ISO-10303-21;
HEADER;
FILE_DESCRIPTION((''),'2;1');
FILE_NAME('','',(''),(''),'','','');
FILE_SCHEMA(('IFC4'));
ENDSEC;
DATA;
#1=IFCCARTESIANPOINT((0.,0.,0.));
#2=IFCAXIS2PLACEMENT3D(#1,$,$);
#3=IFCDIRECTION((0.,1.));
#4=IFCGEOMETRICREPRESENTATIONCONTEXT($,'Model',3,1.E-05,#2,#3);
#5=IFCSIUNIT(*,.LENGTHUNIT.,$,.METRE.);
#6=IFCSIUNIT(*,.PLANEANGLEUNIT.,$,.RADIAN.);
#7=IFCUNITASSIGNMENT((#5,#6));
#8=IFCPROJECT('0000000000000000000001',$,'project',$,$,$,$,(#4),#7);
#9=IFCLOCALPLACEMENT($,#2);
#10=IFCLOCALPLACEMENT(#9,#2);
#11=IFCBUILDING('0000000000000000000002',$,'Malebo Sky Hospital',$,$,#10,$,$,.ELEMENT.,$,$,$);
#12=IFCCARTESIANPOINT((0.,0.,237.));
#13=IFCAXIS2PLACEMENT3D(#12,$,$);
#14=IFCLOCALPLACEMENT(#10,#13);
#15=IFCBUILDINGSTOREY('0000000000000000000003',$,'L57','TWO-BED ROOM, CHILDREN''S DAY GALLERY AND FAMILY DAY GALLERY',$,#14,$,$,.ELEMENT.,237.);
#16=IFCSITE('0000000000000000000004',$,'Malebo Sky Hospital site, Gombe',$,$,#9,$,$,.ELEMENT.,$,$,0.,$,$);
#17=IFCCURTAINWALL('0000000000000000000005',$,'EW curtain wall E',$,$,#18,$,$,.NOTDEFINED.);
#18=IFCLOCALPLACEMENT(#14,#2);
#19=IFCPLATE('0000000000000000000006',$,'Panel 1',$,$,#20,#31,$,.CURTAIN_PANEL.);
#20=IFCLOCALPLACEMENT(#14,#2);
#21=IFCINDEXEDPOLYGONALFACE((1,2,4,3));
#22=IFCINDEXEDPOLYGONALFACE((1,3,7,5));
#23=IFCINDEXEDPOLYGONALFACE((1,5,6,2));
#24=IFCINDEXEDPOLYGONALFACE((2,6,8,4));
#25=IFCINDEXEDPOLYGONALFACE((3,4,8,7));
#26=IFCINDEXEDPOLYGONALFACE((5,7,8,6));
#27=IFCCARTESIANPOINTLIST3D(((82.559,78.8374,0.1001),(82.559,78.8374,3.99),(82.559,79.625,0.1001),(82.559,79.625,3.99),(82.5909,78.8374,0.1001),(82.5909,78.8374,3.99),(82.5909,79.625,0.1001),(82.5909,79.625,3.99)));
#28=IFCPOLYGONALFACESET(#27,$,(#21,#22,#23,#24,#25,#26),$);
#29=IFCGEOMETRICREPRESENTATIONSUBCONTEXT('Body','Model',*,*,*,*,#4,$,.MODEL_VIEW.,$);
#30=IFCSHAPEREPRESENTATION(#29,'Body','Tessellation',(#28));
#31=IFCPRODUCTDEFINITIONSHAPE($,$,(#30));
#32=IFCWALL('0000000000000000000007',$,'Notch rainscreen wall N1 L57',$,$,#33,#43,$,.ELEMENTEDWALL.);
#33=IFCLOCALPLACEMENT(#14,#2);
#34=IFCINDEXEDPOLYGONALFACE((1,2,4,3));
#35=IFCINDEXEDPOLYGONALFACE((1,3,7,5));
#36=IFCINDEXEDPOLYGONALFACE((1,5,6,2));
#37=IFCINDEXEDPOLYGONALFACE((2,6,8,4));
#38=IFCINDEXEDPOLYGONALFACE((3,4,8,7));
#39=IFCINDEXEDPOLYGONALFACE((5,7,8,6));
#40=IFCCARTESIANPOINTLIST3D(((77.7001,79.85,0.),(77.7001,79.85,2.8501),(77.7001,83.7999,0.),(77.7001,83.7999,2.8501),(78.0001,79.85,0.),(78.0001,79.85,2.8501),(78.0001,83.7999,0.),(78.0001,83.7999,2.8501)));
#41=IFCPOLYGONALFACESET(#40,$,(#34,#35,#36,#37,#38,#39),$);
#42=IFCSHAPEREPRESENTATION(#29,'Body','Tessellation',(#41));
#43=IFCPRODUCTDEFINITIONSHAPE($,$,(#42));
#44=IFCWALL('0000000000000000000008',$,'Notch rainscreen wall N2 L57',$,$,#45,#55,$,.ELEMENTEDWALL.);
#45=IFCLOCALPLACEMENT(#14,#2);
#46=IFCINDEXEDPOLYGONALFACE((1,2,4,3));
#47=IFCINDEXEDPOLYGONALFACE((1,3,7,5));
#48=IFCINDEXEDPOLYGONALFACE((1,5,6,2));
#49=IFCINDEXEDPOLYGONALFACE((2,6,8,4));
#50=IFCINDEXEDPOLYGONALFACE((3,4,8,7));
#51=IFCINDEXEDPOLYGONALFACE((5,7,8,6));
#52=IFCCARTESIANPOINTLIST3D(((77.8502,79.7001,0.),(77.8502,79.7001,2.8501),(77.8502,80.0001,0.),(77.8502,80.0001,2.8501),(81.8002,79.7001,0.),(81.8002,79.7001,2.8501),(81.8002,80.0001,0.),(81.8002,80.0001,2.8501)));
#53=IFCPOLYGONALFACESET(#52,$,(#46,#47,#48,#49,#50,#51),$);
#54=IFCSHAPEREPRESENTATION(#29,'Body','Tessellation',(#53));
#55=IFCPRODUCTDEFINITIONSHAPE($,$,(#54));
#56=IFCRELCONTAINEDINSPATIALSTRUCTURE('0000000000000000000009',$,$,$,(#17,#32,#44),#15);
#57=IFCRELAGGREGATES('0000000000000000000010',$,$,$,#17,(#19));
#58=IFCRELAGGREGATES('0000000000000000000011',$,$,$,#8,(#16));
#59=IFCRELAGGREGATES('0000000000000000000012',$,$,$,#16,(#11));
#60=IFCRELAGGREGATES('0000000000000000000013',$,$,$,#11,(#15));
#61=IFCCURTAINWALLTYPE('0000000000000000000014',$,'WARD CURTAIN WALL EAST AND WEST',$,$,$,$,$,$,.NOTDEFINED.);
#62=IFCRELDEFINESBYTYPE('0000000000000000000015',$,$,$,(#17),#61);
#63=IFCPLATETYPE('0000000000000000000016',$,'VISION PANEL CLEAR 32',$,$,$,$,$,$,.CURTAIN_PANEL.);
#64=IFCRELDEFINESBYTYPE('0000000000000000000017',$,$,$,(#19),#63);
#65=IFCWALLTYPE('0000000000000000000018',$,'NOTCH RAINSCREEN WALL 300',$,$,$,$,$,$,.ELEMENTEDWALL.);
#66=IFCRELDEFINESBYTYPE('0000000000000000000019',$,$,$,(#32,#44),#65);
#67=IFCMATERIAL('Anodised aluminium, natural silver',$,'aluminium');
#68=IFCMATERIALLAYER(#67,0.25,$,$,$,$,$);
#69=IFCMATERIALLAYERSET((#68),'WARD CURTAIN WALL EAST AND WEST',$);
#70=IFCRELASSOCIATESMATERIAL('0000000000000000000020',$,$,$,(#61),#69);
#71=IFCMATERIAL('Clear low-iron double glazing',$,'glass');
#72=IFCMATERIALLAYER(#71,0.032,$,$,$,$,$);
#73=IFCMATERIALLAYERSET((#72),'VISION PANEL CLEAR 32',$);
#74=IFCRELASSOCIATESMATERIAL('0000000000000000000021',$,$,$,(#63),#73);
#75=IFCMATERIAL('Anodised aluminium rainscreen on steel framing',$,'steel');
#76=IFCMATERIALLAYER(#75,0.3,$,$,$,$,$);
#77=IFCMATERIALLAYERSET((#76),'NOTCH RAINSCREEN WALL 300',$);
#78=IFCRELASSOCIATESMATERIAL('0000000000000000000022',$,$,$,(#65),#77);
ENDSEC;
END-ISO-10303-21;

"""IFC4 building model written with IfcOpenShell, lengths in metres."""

from ifc_helpers import new_model, si_unit, direction, frame, frame_2d, origin, origin_2d, place, context, subcontext, project, spatial, rectangle, extrude, material, layer, layer_set, type_object, element, aggregate, save


model = new_model("IFC4")

# Units and contexts
model_context = context("Model", 3, precision=1e-05, world=origin(), true_north=direction((0.0, 1.0)))
body_context = subcontext(model_context, "Body", "Model", "MODEL_VIEW")
ifc_project = project(units=[si_unit("LENGTHUNIT", "METRE"), si_unit("PLANEANGLEUNIT", "RADIAN")], contexts=[model_context])

# Site, building, storey
site_placement = place(None, origin())
site = spatial("IfcSite", under=ifc_project, at=site_placement, Name="Malebo Sky Hospital site, Gombe", CompositionType="ELEMENT", RefElevation=0.0)
building_placement = place(site_placement, origin())
building = spatial("IfcBuilding", under=site, at=building_placement, Name="Malebo Sky Hospital", CompositionType="ELEMENT")
storey_placement = place(building_placement, frame((0.0, 0.0, 237.0)))
storey = spatial("IfcBuildingStorey", under=building, at=storey_placement, Name="L57", Description="TWO-BED ROOM, CHILDREN'S DAY GALLERY AND FAMILY DAY GALLERY", CompositionType="ELEMENT", Elevation=237.0)

# Curtain wall
ifc_material_1 = material(Name="Anodised aluminium, natural silver", Category="aluminium")
ifc_layer_1 = layer(ifc_material_1, 0.25)
ifc_layer_set_1 = layer_set([ifc_layer_1], Name="WARD CURTAIN WALL EAST AND WEST")
curtain_wall_type_1 = type_object("IfcCurtainWallType", Name="WARD CURTAIN WALL EAST AND WEST", PredefinedType="NOTDEFINED", material=ifc_layer_set_1)
curtain_wall_1_placement = place(storey_placement, origin())
curtain_wall_1 = element("IfcCurtainWall", 1, at=curtain_wall_1_placement, inside=storey, type_object=curtain_wall_type_1, Name="EW curtain wall E", PredefinedType="NOTDEFINED")

# Plate
ifc_material_2 = material(Name="Clear low-iron double glazing", Category="glass")
ifc_layer_2 = layer(ifc_material_2, 0.032)
ifc_layer_set_2 = layer_set([ifc_layer_2], Name="VISION PANEL CLEAR 32")
plate_type = type_object("IfcPlateType", Name="VISION PANEL CLEAR 32", PredefinedType="CURTAIN_PANEL", material=ifc_layer_set_2)
plate_1_placement = place(storey_placement, frame((82.575, 79.2312, 0.1001), z_axis=(0.0, 0.0, 1.0), x_axis=(0.0, -1.0, 0.0)))
plate_1 = element("IfcPlate", 2, at=plate_1_placement, type_object=plate_type, Name="Panel 1", PredefinedType="CURTAIN_PANEL", context=body_context, shape_type="SweptSolid", body=[
    extrude(rectangle(XDim=0.7876, YDim=0.032, at=origin_2d()), origin(), (0.0, 0.0, 1.0), 3.8899),
])
aggregate(curtain_wall_1, [plate_1])

# Walls
ifc_material_3 = material(Name="Anodised aluminium rainscreen on steel framing", Category="steel")
ifc_layer_3 = layer(ifc_material_3, 0.3)
ifc_layer_set_3 = layer_set([ifc_layer_3], Name="NOTCH RAINSCREEN WALL 300")
wall_type = type_object("IfcWallType", Name="NOTCH RAINSCREEN WALL 300", PredefinedType="ELEMENTEDWALL", material=ifc_layer_set_3)
for number, where, z_axis, x_axis, name in (
    (3, (77.8501, 83.8, 0.0), (0.0, 0.0, 1.0), (0.0, -1.0, 0.0), "Notch rainscreen wall N1 L57"),
    (4, (77.8501, 79.8501, 0.0), (0.0, 0.0, 1.0), (1.0, 0.0, 0.0), "Notch rainscreen wall N2 L57"),
):
    element("IfcWall", number, at=place(storey_placement, frame(where, z_axis=z_axis, x_axis=x_axis)), inside=storey, type_object=wall_type, Name=name, PredefinedType="ELEMENTEDWALL", context=body_context, shape_type="SweptSolid", body=[
        extrude(rectangle(XDim=3.95, YDim=0.3, at=frame_2d((1.9751, 0.0))), origin(), (0.0, 0.0, 1.0), 2.8501),
    ])

save(model, "model.ifc")
